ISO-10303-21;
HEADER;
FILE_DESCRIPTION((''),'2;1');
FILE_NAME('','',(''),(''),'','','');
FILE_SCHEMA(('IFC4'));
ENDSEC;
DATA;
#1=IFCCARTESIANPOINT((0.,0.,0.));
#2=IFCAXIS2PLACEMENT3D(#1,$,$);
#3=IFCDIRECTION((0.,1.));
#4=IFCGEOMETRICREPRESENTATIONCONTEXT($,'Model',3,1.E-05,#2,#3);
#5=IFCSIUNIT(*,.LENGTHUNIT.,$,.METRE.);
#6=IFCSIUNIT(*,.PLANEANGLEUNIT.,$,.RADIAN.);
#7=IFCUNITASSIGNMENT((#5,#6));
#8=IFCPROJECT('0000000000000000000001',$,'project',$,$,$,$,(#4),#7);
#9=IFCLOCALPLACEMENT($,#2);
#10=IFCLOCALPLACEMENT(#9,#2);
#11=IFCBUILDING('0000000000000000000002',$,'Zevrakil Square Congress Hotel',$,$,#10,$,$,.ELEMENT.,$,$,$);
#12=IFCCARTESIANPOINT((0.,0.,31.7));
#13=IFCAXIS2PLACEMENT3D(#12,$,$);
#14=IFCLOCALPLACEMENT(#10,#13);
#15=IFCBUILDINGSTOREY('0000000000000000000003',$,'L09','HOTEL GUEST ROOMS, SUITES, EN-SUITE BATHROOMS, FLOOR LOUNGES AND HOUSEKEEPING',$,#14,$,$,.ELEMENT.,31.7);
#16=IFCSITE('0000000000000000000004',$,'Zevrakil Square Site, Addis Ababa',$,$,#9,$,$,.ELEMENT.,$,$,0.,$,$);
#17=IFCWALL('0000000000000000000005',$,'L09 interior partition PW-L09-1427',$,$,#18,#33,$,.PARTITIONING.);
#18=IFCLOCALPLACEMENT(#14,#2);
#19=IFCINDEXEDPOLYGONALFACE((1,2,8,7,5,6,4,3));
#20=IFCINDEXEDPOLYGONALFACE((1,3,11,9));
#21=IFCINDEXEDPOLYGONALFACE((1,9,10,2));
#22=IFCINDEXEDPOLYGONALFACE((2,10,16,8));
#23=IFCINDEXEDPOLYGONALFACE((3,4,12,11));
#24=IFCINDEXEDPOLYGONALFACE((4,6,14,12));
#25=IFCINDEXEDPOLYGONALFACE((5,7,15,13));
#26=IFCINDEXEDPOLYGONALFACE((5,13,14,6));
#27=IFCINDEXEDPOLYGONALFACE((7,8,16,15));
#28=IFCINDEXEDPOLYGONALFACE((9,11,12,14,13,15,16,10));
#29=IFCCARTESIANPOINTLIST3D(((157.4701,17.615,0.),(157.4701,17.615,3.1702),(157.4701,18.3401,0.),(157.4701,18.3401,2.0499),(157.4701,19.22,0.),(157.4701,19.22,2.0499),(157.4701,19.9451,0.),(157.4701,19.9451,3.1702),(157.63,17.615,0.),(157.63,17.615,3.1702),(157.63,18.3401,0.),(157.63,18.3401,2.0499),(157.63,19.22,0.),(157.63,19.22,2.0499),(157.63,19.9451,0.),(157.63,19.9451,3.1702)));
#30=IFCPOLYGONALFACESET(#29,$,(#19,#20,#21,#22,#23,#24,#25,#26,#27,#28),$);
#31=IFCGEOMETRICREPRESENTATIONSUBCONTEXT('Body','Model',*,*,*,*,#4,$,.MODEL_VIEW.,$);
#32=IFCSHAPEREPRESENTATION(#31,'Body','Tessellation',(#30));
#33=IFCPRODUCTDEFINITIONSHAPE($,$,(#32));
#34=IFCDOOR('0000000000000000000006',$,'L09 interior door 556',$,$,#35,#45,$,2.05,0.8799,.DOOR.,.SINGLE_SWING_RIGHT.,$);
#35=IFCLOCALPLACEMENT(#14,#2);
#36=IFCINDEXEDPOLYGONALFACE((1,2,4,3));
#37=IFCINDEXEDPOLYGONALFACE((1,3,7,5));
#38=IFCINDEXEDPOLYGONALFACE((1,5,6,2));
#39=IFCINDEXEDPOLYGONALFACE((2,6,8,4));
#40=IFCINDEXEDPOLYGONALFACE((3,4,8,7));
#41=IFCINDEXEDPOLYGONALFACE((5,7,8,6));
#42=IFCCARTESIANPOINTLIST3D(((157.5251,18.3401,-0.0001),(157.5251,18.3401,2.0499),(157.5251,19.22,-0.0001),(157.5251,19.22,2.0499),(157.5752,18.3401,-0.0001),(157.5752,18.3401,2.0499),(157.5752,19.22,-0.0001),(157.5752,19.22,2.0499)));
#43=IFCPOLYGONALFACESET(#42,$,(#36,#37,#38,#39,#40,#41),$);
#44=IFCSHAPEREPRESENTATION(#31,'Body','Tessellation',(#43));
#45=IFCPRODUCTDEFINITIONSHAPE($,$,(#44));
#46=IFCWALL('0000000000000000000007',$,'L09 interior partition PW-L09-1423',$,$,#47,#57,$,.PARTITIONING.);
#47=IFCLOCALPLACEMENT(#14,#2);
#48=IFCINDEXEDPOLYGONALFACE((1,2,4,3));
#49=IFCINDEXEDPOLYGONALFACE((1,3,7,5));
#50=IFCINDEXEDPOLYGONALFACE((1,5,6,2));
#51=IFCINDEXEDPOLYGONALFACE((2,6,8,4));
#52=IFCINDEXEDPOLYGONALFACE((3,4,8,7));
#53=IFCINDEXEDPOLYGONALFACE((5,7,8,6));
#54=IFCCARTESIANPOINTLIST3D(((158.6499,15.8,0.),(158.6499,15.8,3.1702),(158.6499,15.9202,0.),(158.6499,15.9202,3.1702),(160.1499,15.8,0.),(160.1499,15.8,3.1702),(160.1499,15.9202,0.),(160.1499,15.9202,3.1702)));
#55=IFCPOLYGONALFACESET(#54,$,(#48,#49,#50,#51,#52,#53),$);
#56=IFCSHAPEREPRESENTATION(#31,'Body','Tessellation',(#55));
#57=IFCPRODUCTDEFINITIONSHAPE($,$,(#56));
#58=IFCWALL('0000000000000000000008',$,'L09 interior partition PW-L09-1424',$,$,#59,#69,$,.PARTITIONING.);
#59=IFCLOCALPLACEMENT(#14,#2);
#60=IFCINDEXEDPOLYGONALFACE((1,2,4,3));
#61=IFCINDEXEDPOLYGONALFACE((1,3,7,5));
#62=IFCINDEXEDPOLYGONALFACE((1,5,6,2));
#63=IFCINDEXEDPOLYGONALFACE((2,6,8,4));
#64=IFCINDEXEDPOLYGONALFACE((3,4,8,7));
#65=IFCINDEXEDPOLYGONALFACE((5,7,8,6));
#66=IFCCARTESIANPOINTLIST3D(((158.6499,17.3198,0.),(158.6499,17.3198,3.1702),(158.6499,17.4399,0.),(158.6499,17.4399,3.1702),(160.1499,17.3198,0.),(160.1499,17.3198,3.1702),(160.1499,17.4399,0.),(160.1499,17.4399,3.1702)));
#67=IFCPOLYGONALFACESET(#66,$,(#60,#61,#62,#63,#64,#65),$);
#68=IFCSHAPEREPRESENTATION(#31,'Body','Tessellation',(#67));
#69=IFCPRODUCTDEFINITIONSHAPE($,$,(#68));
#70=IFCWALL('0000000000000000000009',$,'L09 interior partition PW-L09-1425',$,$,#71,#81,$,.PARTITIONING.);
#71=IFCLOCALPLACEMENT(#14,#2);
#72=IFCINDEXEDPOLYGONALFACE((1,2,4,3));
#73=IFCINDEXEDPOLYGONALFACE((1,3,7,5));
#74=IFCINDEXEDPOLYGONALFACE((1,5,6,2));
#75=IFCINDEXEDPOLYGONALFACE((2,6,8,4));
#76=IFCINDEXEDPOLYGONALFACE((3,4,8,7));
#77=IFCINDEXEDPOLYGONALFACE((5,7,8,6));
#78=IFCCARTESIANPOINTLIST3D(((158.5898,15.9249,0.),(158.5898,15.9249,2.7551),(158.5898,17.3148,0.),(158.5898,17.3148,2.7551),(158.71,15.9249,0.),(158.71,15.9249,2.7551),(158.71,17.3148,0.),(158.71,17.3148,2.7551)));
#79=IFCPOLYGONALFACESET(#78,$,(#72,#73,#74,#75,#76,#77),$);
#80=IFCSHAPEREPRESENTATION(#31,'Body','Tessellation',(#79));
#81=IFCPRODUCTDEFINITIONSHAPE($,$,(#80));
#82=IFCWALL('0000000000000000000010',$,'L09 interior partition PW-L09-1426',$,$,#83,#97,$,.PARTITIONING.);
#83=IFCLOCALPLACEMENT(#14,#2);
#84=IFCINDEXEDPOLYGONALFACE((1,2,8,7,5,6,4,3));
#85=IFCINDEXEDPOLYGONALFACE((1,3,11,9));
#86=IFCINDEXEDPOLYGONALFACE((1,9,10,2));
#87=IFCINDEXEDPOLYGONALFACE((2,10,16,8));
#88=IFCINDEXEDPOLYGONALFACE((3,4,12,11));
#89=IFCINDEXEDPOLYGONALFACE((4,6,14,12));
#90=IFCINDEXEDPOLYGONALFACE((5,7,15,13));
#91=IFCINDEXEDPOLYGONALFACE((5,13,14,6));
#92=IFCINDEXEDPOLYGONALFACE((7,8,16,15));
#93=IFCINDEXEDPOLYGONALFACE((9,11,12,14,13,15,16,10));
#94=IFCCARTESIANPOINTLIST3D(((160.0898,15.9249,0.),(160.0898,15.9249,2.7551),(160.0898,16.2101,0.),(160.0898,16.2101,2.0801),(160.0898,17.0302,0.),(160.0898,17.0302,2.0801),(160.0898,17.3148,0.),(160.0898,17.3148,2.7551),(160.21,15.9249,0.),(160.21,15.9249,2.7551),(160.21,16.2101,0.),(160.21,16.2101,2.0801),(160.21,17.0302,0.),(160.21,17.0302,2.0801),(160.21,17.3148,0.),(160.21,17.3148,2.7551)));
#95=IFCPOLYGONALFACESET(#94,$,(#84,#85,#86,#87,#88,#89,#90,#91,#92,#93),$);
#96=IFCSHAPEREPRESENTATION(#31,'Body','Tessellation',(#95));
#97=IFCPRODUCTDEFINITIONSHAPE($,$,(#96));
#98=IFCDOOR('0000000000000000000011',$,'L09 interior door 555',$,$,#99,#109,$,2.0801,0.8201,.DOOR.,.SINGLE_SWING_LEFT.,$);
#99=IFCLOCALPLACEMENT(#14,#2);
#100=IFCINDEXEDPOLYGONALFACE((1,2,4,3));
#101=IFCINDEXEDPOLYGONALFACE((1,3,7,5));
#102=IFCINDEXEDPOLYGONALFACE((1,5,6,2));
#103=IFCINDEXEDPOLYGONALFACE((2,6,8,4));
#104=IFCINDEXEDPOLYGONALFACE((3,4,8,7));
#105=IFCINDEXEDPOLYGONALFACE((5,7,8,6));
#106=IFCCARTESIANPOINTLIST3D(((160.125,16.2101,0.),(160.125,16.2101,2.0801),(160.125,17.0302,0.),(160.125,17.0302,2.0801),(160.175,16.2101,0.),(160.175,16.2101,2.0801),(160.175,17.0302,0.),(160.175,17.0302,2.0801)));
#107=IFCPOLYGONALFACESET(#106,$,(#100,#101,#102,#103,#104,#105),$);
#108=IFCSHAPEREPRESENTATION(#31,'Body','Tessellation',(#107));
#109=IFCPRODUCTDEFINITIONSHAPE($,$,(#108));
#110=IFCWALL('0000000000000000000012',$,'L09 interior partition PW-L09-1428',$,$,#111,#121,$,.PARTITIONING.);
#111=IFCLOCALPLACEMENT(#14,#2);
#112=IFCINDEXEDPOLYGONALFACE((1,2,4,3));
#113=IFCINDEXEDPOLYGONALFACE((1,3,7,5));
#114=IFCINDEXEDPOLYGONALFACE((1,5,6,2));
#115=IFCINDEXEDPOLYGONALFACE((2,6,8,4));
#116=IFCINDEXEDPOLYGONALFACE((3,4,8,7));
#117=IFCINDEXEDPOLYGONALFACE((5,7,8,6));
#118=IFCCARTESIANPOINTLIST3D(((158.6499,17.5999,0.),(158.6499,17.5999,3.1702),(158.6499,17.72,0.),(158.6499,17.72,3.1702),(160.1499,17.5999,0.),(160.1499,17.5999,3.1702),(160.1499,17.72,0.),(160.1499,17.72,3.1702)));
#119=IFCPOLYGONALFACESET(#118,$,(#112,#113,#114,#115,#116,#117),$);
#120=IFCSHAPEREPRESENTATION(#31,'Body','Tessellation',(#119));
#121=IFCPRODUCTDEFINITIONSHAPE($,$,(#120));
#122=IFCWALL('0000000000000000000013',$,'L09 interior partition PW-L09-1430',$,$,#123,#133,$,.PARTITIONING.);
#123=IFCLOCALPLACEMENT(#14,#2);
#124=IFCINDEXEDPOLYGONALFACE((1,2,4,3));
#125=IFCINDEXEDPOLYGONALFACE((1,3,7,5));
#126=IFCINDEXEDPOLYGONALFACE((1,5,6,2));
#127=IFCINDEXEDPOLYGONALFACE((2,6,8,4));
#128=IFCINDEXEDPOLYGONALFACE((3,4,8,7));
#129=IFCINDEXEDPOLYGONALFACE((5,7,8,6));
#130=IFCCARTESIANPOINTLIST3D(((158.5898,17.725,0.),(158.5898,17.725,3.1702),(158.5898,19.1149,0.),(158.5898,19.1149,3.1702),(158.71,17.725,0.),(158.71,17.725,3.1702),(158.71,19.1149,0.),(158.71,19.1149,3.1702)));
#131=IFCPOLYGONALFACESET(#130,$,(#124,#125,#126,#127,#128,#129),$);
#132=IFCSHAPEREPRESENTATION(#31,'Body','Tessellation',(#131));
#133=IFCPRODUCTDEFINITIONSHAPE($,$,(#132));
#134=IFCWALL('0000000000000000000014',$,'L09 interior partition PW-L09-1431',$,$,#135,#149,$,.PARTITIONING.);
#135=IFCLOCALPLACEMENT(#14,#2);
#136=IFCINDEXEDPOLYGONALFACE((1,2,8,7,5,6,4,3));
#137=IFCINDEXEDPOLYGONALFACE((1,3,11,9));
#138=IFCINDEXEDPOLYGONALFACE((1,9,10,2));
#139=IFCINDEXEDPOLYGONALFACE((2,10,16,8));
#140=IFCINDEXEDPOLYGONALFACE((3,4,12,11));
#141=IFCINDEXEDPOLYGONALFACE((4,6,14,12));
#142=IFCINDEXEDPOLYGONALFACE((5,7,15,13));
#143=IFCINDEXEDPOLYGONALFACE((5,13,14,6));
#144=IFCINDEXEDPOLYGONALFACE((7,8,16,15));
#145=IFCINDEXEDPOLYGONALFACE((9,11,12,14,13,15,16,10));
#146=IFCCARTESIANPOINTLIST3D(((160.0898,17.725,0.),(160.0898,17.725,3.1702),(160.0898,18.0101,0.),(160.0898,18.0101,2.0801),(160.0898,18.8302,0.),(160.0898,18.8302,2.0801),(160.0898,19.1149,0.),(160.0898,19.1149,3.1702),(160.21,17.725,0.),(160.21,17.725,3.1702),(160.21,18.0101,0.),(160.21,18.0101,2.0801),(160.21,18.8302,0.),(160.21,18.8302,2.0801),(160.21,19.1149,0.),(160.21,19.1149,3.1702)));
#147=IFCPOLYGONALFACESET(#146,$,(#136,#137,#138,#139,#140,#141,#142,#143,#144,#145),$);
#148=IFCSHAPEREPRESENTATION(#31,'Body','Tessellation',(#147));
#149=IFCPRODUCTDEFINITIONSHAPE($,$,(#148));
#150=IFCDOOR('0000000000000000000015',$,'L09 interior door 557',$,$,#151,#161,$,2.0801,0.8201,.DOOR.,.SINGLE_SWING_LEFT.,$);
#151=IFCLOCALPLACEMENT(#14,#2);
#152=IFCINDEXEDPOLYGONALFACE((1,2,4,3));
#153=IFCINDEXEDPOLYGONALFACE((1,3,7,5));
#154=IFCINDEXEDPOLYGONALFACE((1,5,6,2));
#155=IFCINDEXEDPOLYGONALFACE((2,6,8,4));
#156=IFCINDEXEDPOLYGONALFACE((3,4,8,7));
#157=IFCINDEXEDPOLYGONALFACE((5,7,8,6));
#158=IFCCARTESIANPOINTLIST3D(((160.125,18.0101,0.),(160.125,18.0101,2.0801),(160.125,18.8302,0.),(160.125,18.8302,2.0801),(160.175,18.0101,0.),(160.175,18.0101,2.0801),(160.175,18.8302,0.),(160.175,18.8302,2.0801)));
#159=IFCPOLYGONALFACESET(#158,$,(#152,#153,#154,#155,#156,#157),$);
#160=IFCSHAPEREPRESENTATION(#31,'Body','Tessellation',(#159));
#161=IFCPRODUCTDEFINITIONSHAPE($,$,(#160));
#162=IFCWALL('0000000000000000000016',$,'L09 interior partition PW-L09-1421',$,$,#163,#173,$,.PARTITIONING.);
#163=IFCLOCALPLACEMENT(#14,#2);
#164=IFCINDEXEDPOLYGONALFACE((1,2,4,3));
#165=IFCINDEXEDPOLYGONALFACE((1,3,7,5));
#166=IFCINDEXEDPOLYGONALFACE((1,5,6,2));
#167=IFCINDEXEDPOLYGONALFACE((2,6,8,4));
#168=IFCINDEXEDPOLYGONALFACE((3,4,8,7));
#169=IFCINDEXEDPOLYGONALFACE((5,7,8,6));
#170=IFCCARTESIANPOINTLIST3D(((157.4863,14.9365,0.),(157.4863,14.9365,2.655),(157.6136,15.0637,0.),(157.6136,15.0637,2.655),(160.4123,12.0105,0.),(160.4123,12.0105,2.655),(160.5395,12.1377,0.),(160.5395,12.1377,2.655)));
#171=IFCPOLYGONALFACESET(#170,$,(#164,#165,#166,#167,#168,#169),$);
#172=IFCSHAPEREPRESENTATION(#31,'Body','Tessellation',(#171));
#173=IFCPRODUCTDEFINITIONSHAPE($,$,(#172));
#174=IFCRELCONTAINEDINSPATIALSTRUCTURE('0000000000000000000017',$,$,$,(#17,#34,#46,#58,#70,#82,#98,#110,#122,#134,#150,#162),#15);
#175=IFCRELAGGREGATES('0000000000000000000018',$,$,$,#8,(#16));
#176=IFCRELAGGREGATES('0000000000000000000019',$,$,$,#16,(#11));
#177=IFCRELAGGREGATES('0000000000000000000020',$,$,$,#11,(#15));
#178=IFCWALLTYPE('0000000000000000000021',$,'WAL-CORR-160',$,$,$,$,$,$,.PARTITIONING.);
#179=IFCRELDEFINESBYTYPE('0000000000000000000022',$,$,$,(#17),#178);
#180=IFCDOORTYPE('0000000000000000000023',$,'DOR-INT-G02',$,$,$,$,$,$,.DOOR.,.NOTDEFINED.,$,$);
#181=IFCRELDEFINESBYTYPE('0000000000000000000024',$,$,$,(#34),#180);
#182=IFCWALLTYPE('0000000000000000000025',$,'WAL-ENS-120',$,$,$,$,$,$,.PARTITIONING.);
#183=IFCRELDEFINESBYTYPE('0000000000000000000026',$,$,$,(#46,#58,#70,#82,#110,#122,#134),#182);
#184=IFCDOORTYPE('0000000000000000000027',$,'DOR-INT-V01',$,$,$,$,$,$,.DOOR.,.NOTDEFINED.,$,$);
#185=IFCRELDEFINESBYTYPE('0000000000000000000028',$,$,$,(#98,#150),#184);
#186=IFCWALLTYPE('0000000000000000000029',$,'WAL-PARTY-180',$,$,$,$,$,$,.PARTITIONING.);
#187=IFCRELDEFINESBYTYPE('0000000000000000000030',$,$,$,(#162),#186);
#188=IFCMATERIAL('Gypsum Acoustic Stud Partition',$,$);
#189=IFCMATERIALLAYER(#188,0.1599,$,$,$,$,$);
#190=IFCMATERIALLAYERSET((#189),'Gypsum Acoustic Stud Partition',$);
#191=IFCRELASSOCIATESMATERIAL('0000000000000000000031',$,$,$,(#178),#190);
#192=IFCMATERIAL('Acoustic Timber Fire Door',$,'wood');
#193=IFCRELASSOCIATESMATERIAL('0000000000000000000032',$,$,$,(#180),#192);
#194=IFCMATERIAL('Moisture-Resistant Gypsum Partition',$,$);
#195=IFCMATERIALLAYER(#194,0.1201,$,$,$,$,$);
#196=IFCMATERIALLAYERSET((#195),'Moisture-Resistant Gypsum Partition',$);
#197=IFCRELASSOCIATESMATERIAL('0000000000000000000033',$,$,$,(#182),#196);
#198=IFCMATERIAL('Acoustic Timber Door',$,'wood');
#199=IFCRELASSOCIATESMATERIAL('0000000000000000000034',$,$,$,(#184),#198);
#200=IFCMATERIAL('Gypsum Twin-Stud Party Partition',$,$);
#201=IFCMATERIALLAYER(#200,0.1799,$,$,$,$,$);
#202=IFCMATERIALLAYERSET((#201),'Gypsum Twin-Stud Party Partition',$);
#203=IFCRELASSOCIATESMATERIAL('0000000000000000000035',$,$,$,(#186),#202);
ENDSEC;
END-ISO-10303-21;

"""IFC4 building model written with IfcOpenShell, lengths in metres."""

from ifc_helpers import new_model, si_unit, direction, frame, frame_2d, origin, place, context, subcontext, project, spatial, rectangle, extrude, material, layer, layer_set, type_object, element, fill, save


model = new_model("IFC4")

# Units and contexts
model_context = context("Model", 3, precision=1e-05, world=origin(), true_north=direction((0.0, 1.0)))
body_context = subcontext(model_context, "Body", "Model", "MODEL_VIEW")
ifc_project = project(units=[si_unit("LENGTHUNIT", "METRE"), si_unit("PLANEANGLEUNIT", "RADIAN")], contexts=[model_context])

# Site, building, storey
site_placement = place(None, origin())
site = spatial("IfcSite", under=ifc_project, at=site_placement, Name="Zevrakil Square Site, Addis Ababa", CompositionType="ELEMENT", RefElevation=0.0)
building_placement = place(site_placement, origin())
building = spatial("IfcBuilding", under=site, at=building_placement, Name="Zevrakil Square Congress Hotel", CompositionType="ELEMENT")
storey_placement = place(building_placement, frame((0.0, 0.0, 31.7)))
storey = spatial("IfcBuildingStorey", under=building, at=storey_placement, Name="L09", Description="HOTEL GUEST ROOMS, SUITES, EN-SUITE BATHROOMS, FLOOR LOUNGES AND HOUSEKEEPING", CompositionType="ELEMENT", Elevation=31.7)

# Wall, opening, door
ifc_material_1 = material(Name="Gypsum Acoustic Stud Partition")
ifc_layer_1 = layer(ifc_material_1, 0.1599)
ifc_layer_set_1 = layer_set([ifc_layer_1], Name="Gypsum Acoustic Stud Partition")
wall_type_1 = type_object("IfcWallType", Name="WAL-CORR-160", PredefinedType="PARTITIONING", material=ifc_layer_set_1)
wall_1_placement = place(storey_placement, frame((157.55, 17.615, 0.0), z_axis=(0.0, 0.0, 1.0), x_axis=(0.0, 1.0, 0.0)))
wall_1 = element("IfcWall", 1, at=wall_1_placement, inside=storey, type_object=wall_type_1, Name="L09 interior partition PW-L09-1427", PredefinedType="PARTITIONING", context=body_context, shape_type="SweptSolid", body=[
    extrude(rectangle(XDim=2.3301, YDim=0.1599, at=frame_2d((1.165, 0.0))), origin(), (0.0, 0.0, 1.0), 3.1702),
])
opening_1_placement = place(wall_1_placement, frame((0.7251, 0.0, 0.0)))
opening_1 = element("IfcOpeningElement", 2, at=opening_1_placement, cuts=wall_1, PredefinedType="OPENING", context=body_context, shape_type="SweptSolid", body=[
    extrude(rectangle(XDim=0.8799, YDim=2.05, at=frame_2d((0.4399, 1.0249))), frame((0.0, 0.0898, 0.0), z_axis=(0.0, -1.0, 0.0), x_axis=(1.0, 0.0, 0.0)), (0.0, 0.0, 1.0), 0.1799),
])
ifc_material_2 = material(Name="Acoustic Timber Fire Door", Category="wood")
door_type_1 = type_object("IfcDoorType", Name="DOR-INT-G02", OperationType="NOTDEFINED", PredefinedType="DOOR", material=ifc_material_2)
door_1_placement = place(opening_1_placement, origin())
door_1 = element("IfcDoor", 3, at=door_1_placement, inside=storey, type_object=door_type_1, Name="L09 interior door 556", OperationType="SINGLE_SWING_RIGHT", OverallHeight=2.05, OverallWidth=0.8799, PredefinedType="DOOR", context=body_context, shape_type="SweptSolid", body=[
    extrude(rectangle(XDim=0.8799, YDim=2.05, at=frame_2d((0.4399, 1.0249))), frame((0.0, 0.0249, 0.0), z_axis=(0.0, -1.0, 0.0), x_axis=(1.0, 0.0, 0.0)), (0.0, 0.0, 1.0), 0.05),
])
fill(opening_1, door_1)

# Walls
ifc_material_3 = material(Name="Moisture-Resistant Gypsum Partition")
ifc_layer_2 = layer(ifc_material_3, 0.1201)
ifc_layer_set_2 = layer_set([ifc_layer_2], Name="Moisture-Resistant Gypsum Partition")
wall_type_2 = type_object("IfcWallType", Name="WAL-ENS-120", PredefinedType="PARTITIONING", material=ifc_layer_set_2)
for number, where, z_axis, x_axis, name in (
    (4, (158.6499, 15.8601, 0.0), (0.0, 0.0, 1.0), (1.0, 0.0, 0.0), "L09 interior partition PW-L09-1423"),
    (5, (158.6499, 17.3799, 0.0), (0.0, 0.0, 1.0), (1.0, 0.0, 0.0), "L09 interior partition PW-L09-1424"),
):
    element("IfcWall", number, at=place(storey_placement, frame(where, z_axis=z_axis, x_axis=x_axis)), inside=storey, type_object=wall_type_2, Name=name, PredefinedType="PARTITIONING", context=body_context, shape_type="SweptSolid", body=[
        extrude(rectangle(XDim=1.5, YDim=0.1201, at=frame_2d((0.75, 0.0))), origin(), (0.0, 0.0, 1.0), 3.1702),
    ])
wall_2_placement = place(storey_placement, frame((158.6499, 15.925, 0.0), z_axis=(0.0, 0.0, 1.0), x_axis=(0.0, 1.0, 0.0)))
element("IfcWall", 6, at=wall_2_placement, inside=storey, type_object=wall_type_2, Name="L09 interior partition PW-L09-1425", PredefinedType="PARTITIONING", context=body_context, shape_type="SweptSolid", body=[
    extrude(rectangle(XDim=1.3899, YDim=0.1201, at=frame_2d((0.6948, 0.0))), origin(), (0.0, 0.0, 1.0), 2.7551),
])

# Wall, opening, door
wall_3_placement = place(storey_placement, frame((160.1499, 15.925, 0.0), z_axis=(0.0, 0.0, 1.0), x_axis=(0.0, 1.0, 0.0)))
wall_3 = element("IfcWall", 7, at=wall_3_placement, inside=storey, type_object=wall_type_2, Name="L09 interior partition PW-L09-1426", PredefinedType="PARTITIONING", context=body_context, shape_type="SweptSolid", body=[
    extrude(rectangle(XDim=1.3899, YDim=0.1201, at=frame_2d((0.6948, 0.0))), origin(), (0.0, 0.0, 1.0), 2.7551),
])
opening_2_placement = place(wall_3_placement, frame((0.2849, 0.0, 0.0)))
opening_2 = element("IfcOpeningElement", 8, at=opening_2_placement, cuts=wall_3, PredefinedType="OPENING", context=body_context, shape_type="SweptSolid", body=[
    extrude(rectangle(XDim=0.8201, YDim=2.0801, at=frame_2d((0.4102, 1.04))), frame((0.0, 0.0701, 0.0), z_axis=(0.0, -1.0, 0.0), x_axis=(1.0, 0.0, 0.0)), (0.0, 0.0, 1.0), 0.1401),
])
ifc_material_4 = material(Name="Acoustic Timber Door", Category="wood")
door_type_2 = type_object("IfcDoorType", Name="DOR-INT-V01", OperationType="NOTDEFINED", PredefinedType="DOOR", material=ifc_material_4)
door_2_placement = place(opening_2_placement, origin())
door_2 = element("IfcDoor", 9, at=door_2_placement, inside=storey, type_object=door_type_2, Name="L09 interior door 555", OperationType="SINGLE_SWING_LEFT", OverallHeight=2.0801, OverallWidth=0.8201, PredefinedType="DOOR", context=body_context, shape_type="SweptSolid", body=[
    extrude(rectangle(XDim=0.8201, YDim=2.0801, at=frame_2d((0.4102, 1.04))), frame((0.0, 0.0249, 0.0), z_axis=(0.0, -1.0, 0.0), x_axis=(1.0, 0.0, 0.0)), (0.0, 0.0, 1.0), 0.05),
])
fill(opening_2, door_2)

# Walls
wall_4_placement = place(storey_placement, frame((158.6499, 17.6599, 0.0), z_axis=(0.0, 0.0, 1.0), x_axis=(1.0, 0.0, 0.0)))
element("IfcWall", 10, at=wall_4_placement, inside=storey, type_object=wall_type_2, Name="L09 interior partition PW-L09-1428", PredefinedType="PARTITIONING", context=body_context, shape_type="SweptSolid", body=[
    extrude(rectangle(XDim=1.5, YDim=0.1201, at=frame_2d((0.75, 0.0))), origin(), (0.0, 0.0, 1.0), 3.1702),
])
wall_5_placement = place(storey_placement, frame((158.6499, 17.7251, 0.0), z_axis=(0.0, 0.0, 1.0), x_axis=(0.0, 1.0, 0.0)))
element("IfcWall", 11, at=wall_5_placement, inside=storey, type_object=wall_type_2, Name="L09 interior partition PW-L09-1430", PredefinedType="PARTITIONING", context=body_context, shape_type="SweptSolid", body=[
    extrude(rectangle(XDim=1.3899, YDim=0.1201, at=frame_2d((0.6948, 0.0))), origin(), (0.0, 0.0, 1.0), 3.1702),
])

# Wall, opening, door
wall_6_placement = place(storey_placement, frame((160.1499, 17.7251, 0.0), z_axis=(0.0, 0.0, 1.0), x_axis=(0.0, 1.0, 0.0)))
wall_6 = element("IfcWall", 12, at=wall_6_placement, inside=storey, type_object=wall_type_2, Name="L09 interior partition PW-L09-1431", PredefinedType="PARTITIONING", context=body_context, shape_type="SweptSolid", body=[
    extrude(rectangle(XDim=1.3899, YDim=0.1201, at=frame_2d((0.6948, 0.0))), origin(), (0.0, 0.0, 1.0), 3.1702),
])
opening_3_placement = place(wall_6_placement, frame((0.2849, 0.0, 0.0)))
opening_3 = element("IfcOpeningElement", 13, at=opening_3_placement, cuts=wall_6, PredefinedType="OPENING", context=body_context, shape_type="SweptSolid", body=[
    extrude(rectangle(XDim=0.8201, YDim=2.0801, at=frame_2d((0.4102, 1.04))), frame((0.0, 0.0701, 0.0), z_axis=(0.0, -1.0, 0.0), x_axis=(1.0, 0.0, 0.0)), (0.0, 0.0, 1.0), 0.1401),
])
door_3_placement = place(opening_3_placement, origin())
door_3 = element("IfcDoor", 14, at=door_3_placement, inside=storey, type_object=door_type_2, Name="L09 interior door 557", OperationType="SINGLE_SWING_LEFT", OverallHeight=2.0801, OverallWidth=0.8201, PredefinedType="DOOR", context=body_context, shape_type="SweptSolid", body=[
    extrude(rectangle(XDim=0.8201, YDim=2.0801, at=frame_2d((0.4102, 1.04))), frame((0.0, 0.0249, 0.0), z_axis=(0.0, -1.0, 0.0), x_axis=(1.0, 0.0, 0.0)), (0.0, 0.0, 1.0), 0.05),
])
fill(opening_3, door_3)

# Wall
ifc_material_5 = material(Name="Gypsum Twin-Stud Party Partition")
ifc_layer_3 = layer(ifc_material_5, 0.1799)
ifc_layer_set_3 = layer_set([ifc_layer_3], Name="Gypsum Twin-Stud Party Partition")
wall_type_3 = type_object("IfcWallType", Name="WAL-PARTY-180", PredefinedType="PARTITIONING", material=ifc_layer_set_3)
wall_7_placement = place(storey_placement, frame((157.55, 15.0, 0.0), z_axis=(0.0, 0.0, 1.0), x_axis=(0.707107, -0.707107, 0.0)))
element("IfcWall", 15, at=wall_7_placement, inside=storey, type_object=wall_type_3, Name="L09 interior partition PW-L09-1421", PredefinedType="PARTITIONING", context=body_context, shape_type="SweptSolid", body=[
    extrude(rectangle(XDim=4.1379, YDim=0.1799, at=frame_2d((2.0688, 0.0))), origin(), (0.0, 0.0, 1.0), 2.655),
])

save(model, "model.ifc")
